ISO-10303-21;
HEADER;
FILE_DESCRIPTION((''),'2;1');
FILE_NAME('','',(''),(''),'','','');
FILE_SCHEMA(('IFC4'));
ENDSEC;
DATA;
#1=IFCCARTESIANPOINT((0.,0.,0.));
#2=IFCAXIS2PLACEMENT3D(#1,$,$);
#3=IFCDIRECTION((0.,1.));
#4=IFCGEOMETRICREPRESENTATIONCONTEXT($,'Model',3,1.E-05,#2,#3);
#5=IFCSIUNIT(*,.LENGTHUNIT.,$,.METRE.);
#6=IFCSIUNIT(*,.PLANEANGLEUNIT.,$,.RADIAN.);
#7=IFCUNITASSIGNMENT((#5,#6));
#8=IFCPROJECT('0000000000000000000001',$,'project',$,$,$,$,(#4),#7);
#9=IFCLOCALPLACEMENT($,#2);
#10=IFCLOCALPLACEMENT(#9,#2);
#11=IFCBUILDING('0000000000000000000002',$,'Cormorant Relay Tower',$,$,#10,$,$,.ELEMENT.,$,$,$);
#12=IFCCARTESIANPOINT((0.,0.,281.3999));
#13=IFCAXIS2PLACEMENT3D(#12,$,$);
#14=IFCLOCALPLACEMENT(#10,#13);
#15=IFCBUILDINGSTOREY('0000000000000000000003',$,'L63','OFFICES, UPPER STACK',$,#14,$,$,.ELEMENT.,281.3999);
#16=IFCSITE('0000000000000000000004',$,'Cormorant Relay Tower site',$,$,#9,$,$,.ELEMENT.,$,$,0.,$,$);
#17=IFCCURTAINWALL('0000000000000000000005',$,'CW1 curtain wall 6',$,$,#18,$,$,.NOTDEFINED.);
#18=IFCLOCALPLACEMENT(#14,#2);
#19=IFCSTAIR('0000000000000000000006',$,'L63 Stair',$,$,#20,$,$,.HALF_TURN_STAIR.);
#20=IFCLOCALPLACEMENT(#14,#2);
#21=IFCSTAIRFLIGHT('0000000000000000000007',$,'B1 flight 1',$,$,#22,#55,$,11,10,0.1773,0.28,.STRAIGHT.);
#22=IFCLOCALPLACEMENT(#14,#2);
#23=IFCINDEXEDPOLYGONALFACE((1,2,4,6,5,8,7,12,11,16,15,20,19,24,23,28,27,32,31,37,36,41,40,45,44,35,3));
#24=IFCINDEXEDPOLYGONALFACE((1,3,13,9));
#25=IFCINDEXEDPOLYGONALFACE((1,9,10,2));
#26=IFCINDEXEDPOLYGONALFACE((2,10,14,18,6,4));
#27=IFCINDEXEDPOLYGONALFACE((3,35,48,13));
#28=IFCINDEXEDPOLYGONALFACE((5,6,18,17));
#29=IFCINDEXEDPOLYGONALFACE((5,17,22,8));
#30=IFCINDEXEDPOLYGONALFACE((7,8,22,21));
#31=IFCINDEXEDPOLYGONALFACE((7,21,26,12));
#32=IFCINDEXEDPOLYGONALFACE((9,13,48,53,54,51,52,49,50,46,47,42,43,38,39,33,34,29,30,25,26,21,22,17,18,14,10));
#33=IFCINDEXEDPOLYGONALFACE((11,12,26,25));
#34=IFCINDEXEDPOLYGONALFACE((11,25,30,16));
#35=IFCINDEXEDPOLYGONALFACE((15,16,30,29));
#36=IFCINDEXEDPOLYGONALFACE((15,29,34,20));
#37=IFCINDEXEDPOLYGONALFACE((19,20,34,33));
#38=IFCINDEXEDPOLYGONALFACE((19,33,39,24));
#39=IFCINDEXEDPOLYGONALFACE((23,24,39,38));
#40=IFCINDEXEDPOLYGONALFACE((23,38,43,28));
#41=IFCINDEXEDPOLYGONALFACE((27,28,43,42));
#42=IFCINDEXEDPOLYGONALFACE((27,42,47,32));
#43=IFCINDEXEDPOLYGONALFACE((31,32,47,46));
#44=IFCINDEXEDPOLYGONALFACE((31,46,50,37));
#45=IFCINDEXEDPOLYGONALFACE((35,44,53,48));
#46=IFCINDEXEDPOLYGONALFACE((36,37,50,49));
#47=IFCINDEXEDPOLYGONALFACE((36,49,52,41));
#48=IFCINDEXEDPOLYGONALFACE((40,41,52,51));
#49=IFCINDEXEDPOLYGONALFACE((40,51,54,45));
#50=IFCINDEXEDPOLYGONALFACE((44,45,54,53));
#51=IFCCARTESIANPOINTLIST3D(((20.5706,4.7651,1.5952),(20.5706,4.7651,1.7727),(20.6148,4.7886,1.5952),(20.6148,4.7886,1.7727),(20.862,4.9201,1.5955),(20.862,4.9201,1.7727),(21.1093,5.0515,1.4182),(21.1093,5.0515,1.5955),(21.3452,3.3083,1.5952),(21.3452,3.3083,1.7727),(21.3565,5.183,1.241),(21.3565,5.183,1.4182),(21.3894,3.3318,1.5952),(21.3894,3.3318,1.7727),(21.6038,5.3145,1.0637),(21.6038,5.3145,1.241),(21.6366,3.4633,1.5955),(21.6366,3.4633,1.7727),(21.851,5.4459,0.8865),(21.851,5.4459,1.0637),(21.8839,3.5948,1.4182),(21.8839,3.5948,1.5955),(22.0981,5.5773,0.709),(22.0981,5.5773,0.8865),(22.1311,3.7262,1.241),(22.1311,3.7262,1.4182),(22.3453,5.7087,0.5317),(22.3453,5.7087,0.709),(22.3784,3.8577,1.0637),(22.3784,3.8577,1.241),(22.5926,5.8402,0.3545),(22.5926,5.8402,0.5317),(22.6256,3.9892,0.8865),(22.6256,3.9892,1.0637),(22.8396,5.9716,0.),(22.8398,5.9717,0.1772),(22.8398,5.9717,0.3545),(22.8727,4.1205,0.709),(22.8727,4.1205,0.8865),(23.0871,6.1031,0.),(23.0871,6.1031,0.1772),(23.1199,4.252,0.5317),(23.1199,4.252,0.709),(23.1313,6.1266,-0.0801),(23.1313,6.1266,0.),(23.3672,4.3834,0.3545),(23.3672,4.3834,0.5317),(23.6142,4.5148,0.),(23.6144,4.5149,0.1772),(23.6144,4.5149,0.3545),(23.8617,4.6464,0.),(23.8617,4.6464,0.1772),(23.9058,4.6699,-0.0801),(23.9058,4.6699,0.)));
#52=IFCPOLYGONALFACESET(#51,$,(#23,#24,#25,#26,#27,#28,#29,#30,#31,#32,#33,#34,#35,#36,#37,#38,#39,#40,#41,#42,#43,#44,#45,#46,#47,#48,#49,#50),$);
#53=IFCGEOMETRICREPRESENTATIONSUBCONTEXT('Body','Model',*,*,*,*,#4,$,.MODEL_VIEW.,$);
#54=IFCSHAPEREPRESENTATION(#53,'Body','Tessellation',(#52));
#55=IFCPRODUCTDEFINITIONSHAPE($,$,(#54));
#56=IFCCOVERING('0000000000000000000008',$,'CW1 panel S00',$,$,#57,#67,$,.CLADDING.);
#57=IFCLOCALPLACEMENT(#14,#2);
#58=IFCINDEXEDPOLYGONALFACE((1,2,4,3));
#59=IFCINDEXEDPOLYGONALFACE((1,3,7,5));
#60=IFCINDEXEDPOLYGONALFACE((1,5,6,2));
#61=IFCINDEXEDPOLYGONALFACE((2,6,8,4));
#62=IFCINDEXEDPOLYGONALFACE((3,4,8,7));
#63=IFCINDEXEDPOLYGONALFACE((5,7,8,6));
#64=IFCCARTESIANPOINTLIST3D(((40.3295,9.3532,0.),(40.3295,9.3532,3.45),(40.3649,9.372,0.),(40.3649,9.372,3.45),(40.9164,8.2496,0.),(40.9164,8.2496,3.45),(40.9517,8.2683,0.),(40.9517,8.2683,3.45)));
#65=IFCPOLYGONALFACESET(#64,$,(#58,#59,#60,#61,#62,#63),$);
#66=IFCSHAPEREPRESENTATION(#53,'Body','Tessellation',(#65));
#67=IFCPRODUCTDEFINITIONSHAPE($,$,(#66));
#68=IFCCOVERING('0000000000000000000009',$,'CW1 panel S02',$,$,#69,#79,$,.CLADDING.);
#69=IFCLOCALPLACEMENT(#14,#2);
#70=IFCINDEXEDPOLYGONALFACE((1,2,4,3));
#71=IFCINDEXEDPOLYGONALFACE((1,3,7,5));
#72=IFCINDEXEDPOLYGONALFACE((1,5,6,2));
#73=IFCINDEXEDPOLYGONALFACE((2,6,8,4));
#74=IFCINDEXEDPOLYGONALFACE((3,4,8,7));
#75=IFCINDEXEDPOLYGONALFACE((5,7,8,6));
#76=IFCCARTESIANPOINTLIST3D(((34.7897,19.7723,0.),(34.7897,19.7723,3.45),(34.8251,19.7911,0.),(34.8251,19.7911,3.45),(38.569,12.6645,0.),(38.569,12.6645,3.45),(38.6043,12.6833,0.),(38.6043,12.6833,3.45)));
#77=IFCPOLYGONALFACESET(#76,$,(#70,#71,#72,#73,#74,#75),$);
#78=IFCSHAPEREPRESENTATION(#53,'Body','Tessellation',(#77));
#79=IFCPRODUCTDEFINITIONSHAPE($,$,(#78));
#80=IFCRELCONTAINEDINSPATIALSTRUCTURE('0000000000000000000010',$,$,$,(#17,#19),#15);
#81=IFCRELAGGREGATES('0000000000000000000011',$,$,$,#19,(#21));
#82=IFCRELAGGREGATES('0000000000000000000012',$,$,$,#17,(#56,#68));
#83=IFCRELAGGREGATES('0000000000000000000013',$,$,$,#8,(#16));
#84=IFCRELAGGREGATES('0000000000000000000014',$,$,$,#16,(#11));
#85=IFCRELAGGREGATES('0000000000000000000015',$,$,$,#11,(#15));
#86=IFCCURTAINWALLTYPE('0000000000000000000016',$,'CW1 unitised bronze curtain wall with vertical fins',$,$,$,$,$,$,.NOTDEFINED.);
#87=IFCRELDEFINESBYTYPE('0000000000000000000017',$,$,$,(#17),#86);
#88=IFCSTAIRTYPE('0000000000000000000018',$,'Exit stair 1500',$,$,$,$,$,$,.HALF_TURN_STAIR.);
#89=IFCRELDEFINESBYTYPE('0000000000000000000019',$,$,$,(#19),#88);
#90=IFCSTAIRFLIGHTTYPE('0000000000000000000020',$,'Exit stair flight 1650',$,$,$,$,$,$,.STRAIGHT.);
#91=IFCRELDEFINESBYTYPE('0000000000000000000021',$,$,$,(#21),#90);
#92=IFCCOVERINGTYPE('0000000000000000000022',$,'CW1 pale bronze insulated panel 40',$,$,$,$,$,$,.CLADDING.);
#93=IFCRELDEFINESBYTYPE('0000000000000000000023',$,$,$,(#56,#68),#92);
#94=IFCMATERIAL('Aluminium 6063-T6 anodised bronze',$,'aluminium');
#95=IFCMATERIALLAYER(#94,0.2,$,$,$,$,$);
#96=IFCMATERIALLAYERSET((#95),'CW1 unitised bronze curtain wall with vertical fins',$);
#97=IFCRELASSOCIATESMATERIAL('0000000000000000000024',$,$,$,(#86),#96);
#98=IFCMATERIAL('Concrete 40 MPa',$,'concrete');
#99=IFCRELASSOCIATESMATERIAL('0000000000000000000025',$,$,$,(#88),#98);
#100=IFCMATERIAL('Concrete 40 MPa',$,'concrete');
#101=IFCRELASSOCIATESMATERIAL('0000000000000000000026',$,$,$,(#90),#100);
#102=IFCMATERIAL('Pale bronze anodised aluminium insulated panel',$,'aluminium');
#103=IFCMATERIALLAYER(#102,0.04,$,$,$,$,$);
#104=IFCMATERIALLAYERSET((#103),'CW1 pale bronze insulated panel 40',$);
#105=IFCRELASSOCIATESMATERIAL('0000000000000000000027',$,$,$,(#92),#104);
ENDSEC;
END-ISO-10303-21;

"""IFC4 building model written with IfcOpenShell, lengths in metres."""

from ifc_helpers import new_model, si_unit, direction, frame, origin, origin_2d, place, context, subcontext, project, spatial, polyline, rectangle, outline, extrude, material, layer, layer_set, type_object, element, aggregate, save


model = new_model("IFC4")

# Units and contexts
model_context = context("Model", 3, precision=1e-05, world=origin(), true_north=direction((0.0, 1.0)))
body_context = subcontext(model_context, "Body", "Model", "MODEL_VIEW")
ifc_project = project(units=[si_unit("LENGTHUNIT", "METRE"), si_unit("PLANEANGLEUNIT", "RADIAN")], contexts=[model_context])

# Site, building, storey
site_placement = place(None, origin())
site = spatial("IfcSite", under=ifc_project, at=site_placement, Name="Cormorant Relay Tower site", CompositionType="ELEMENT", RefElevation=0.0)
building_placement = place(site_placement, origin())
building = spatial("IfcBuilding", under=site, at=building_placement, Name="Cormorant Relay Tower", CompositionType="ELEMENT")
storey_placement = place(building_placement, frame((0.0, 0.0, 281.3999)))
storey = spatial("IfcBuildingStorey", under=building, at=storey_placement, Name="L63", Description="OFFICES, UPPER STACK", CompositionType="ELEMENT", Elevation=281.3999)

# Curtain wall
ifc_material_1 = material(Name="Aluminium 6063-T6 anodised bronze", Category="aluminium")
ifc_layer_1 = layer(ifc_material_1, 0.2)
ifc_layer_set_1 = layer_set([ifc_layer_1], Name="CW1 unitised bronze curtain wall with vertical fins")
curtain_wall_type = type_object("IfcCurtainWallType", Name="CW1 unitised bronze curtain wall with vertical fins", PredefinedType="NOTDEFINED", material=ifc_layer_set_1)
curtain_wall_1_placement = place(storey_placement, origin())
curtain_wall_1 = element("IfcCurtainWall", 1, at=curtain_wall_1_placement, inside=storey, type_object=curtain_wall_type, Name="CW1 curtain wall 6", PredefinedType="NOTDEFINED")

# Stair, stair flight
ifc_material_2 = material(Name="Concrete 40 MPa", Category="concrete")
stair_type = type_object("IfcStairType", Name="Exit stair 1500", PredefinedType="HALF_TURN_STAIR", material=ifc_material_2)
stair_placement = place(storey_placement, origin())
stair = element("IfcStair", 2, at=stair_placement, inside=storey, type_object=stair_type, Name="L63 Stair", PredefinedType="HALF_TURN_STAIR")
ifc_material_3 = material(Name="Concrete 40 MPa", Category="concrete")
stair_flight_type = type_object("IfcStairFlightType", Name="Exit stair flight 1650", PredefinedType="STRAIGHT", material=ifc_material_3)
stair_flight_placement = place(storey_placement, frame((23.4744, 5.3748, 0.0), z_axis=(0.0, 0.0, 1.0), x_axis=(-0.882948, -0.469472, 0.0)))
stair_flight = element("IfcStairFlight", 3, at=stair_flight_placement, type_object=stair_flight_type, Name="B1 flight 1", NumberOfRisers=11, NumberOfTreads=10, PredefinedType="STRAIGHT", RiserHeight=0.1773, TreadLength=0.28, context=body_context, shape_type="SweptSolid", body=[
    extrude(outline(polyline([(-0.05, -0.0801), (-0.05, 0.0), (0.0, 0.0), (0.0, 0.1772), (0.28, 0.1772), (0.28, 0.3545), (0.5601, 0.3545), (0.5601, 0.5317), (0.8401, 0.5317), (0.8401, 0.709), (1.1201, 0.709), (1.1201, 0.8865), (1.3999, 0.8865), (1.3999, 1.0637), (1.6799, 1.0637), (1.6799, 1.241), (1.96, 1.241), (1.96, 1.4182), (2.24, 1.4182), (2.24, 1.5955), (2.52, 1.5955), (2.52, 1.7727), (2.8, 1.7727), (2.8501, 1.7727), (2.8501, 1.5952), (2.8, 1.5952), (0.2803, 0.0), (-0.05, -0.0801)])), frame((0.0, 0.825, 0.0), z_axis=(0.0, -1.0, 0.0), x_axis=(1.0, 0.0, 0.0)), (0.0, 0.0, 1.0), 1.6499),
])
aggregate(stair, [stair_flight])

# Coverings
ifc_material_4 = material(Name="Pale bronze anodised aluminium insulated panel", Category="aluminium")
ifc_layer_2 = layer(ifc_material_4, 0.04)
ifc_layer_set_2 = layer_set([ifc_layer_2], Name="CW1 pale bronze insulated panel 40")
covering_type = type_object("IfcCoveringType", Name="CW1 pale bronze insulated panel 40", PredefinedType="CLADDING", material=ifc_layer_set_2)
covering_1_placement = place(storey_placement, frame((40.6406, 8.8108, 0.0), z_axis=(0.0, 0.0, 1.0), x_axis=(-0.469472, 0.882948, 0.0)))
covering_1 = element("IfcCovering", 4, at=covering_1_placement, type_object=covering_type, Name="CW1 panel S00", PredefinedType="CLADDING", context=body_context, shape_type="SweptSolid", body=[
    extrude(rectangle(XDim=1.25, YDim=0.04, at=origin_2d()), origin(), (0.0, 0.0, 1.0), 3.45),
])
covering_2_placement = place(storey_placement, frame((36.697, 16.2278, 0.0), z_axis=(0.0, 0.0, 1.0), x_axis=(-0.469472, 0.882948, 0.0)))
covering_2 = element("IfcCovering", 5, at=covering_2_placement, type_object=covering_type, Name="CW1 panel S02", PredefinedType="CLADDING", context=body_context, shape_type="SweptSolid", body=[
    extrude(rectangle(XDim=8.05, YDim=0.04, at=origin_2d()), origin(), (0.0, 0.0, 1.0), 3.45),
])
aggregate(curtain_wall_1, [covering_1, covering_2])

save(model, "model.ifc")
